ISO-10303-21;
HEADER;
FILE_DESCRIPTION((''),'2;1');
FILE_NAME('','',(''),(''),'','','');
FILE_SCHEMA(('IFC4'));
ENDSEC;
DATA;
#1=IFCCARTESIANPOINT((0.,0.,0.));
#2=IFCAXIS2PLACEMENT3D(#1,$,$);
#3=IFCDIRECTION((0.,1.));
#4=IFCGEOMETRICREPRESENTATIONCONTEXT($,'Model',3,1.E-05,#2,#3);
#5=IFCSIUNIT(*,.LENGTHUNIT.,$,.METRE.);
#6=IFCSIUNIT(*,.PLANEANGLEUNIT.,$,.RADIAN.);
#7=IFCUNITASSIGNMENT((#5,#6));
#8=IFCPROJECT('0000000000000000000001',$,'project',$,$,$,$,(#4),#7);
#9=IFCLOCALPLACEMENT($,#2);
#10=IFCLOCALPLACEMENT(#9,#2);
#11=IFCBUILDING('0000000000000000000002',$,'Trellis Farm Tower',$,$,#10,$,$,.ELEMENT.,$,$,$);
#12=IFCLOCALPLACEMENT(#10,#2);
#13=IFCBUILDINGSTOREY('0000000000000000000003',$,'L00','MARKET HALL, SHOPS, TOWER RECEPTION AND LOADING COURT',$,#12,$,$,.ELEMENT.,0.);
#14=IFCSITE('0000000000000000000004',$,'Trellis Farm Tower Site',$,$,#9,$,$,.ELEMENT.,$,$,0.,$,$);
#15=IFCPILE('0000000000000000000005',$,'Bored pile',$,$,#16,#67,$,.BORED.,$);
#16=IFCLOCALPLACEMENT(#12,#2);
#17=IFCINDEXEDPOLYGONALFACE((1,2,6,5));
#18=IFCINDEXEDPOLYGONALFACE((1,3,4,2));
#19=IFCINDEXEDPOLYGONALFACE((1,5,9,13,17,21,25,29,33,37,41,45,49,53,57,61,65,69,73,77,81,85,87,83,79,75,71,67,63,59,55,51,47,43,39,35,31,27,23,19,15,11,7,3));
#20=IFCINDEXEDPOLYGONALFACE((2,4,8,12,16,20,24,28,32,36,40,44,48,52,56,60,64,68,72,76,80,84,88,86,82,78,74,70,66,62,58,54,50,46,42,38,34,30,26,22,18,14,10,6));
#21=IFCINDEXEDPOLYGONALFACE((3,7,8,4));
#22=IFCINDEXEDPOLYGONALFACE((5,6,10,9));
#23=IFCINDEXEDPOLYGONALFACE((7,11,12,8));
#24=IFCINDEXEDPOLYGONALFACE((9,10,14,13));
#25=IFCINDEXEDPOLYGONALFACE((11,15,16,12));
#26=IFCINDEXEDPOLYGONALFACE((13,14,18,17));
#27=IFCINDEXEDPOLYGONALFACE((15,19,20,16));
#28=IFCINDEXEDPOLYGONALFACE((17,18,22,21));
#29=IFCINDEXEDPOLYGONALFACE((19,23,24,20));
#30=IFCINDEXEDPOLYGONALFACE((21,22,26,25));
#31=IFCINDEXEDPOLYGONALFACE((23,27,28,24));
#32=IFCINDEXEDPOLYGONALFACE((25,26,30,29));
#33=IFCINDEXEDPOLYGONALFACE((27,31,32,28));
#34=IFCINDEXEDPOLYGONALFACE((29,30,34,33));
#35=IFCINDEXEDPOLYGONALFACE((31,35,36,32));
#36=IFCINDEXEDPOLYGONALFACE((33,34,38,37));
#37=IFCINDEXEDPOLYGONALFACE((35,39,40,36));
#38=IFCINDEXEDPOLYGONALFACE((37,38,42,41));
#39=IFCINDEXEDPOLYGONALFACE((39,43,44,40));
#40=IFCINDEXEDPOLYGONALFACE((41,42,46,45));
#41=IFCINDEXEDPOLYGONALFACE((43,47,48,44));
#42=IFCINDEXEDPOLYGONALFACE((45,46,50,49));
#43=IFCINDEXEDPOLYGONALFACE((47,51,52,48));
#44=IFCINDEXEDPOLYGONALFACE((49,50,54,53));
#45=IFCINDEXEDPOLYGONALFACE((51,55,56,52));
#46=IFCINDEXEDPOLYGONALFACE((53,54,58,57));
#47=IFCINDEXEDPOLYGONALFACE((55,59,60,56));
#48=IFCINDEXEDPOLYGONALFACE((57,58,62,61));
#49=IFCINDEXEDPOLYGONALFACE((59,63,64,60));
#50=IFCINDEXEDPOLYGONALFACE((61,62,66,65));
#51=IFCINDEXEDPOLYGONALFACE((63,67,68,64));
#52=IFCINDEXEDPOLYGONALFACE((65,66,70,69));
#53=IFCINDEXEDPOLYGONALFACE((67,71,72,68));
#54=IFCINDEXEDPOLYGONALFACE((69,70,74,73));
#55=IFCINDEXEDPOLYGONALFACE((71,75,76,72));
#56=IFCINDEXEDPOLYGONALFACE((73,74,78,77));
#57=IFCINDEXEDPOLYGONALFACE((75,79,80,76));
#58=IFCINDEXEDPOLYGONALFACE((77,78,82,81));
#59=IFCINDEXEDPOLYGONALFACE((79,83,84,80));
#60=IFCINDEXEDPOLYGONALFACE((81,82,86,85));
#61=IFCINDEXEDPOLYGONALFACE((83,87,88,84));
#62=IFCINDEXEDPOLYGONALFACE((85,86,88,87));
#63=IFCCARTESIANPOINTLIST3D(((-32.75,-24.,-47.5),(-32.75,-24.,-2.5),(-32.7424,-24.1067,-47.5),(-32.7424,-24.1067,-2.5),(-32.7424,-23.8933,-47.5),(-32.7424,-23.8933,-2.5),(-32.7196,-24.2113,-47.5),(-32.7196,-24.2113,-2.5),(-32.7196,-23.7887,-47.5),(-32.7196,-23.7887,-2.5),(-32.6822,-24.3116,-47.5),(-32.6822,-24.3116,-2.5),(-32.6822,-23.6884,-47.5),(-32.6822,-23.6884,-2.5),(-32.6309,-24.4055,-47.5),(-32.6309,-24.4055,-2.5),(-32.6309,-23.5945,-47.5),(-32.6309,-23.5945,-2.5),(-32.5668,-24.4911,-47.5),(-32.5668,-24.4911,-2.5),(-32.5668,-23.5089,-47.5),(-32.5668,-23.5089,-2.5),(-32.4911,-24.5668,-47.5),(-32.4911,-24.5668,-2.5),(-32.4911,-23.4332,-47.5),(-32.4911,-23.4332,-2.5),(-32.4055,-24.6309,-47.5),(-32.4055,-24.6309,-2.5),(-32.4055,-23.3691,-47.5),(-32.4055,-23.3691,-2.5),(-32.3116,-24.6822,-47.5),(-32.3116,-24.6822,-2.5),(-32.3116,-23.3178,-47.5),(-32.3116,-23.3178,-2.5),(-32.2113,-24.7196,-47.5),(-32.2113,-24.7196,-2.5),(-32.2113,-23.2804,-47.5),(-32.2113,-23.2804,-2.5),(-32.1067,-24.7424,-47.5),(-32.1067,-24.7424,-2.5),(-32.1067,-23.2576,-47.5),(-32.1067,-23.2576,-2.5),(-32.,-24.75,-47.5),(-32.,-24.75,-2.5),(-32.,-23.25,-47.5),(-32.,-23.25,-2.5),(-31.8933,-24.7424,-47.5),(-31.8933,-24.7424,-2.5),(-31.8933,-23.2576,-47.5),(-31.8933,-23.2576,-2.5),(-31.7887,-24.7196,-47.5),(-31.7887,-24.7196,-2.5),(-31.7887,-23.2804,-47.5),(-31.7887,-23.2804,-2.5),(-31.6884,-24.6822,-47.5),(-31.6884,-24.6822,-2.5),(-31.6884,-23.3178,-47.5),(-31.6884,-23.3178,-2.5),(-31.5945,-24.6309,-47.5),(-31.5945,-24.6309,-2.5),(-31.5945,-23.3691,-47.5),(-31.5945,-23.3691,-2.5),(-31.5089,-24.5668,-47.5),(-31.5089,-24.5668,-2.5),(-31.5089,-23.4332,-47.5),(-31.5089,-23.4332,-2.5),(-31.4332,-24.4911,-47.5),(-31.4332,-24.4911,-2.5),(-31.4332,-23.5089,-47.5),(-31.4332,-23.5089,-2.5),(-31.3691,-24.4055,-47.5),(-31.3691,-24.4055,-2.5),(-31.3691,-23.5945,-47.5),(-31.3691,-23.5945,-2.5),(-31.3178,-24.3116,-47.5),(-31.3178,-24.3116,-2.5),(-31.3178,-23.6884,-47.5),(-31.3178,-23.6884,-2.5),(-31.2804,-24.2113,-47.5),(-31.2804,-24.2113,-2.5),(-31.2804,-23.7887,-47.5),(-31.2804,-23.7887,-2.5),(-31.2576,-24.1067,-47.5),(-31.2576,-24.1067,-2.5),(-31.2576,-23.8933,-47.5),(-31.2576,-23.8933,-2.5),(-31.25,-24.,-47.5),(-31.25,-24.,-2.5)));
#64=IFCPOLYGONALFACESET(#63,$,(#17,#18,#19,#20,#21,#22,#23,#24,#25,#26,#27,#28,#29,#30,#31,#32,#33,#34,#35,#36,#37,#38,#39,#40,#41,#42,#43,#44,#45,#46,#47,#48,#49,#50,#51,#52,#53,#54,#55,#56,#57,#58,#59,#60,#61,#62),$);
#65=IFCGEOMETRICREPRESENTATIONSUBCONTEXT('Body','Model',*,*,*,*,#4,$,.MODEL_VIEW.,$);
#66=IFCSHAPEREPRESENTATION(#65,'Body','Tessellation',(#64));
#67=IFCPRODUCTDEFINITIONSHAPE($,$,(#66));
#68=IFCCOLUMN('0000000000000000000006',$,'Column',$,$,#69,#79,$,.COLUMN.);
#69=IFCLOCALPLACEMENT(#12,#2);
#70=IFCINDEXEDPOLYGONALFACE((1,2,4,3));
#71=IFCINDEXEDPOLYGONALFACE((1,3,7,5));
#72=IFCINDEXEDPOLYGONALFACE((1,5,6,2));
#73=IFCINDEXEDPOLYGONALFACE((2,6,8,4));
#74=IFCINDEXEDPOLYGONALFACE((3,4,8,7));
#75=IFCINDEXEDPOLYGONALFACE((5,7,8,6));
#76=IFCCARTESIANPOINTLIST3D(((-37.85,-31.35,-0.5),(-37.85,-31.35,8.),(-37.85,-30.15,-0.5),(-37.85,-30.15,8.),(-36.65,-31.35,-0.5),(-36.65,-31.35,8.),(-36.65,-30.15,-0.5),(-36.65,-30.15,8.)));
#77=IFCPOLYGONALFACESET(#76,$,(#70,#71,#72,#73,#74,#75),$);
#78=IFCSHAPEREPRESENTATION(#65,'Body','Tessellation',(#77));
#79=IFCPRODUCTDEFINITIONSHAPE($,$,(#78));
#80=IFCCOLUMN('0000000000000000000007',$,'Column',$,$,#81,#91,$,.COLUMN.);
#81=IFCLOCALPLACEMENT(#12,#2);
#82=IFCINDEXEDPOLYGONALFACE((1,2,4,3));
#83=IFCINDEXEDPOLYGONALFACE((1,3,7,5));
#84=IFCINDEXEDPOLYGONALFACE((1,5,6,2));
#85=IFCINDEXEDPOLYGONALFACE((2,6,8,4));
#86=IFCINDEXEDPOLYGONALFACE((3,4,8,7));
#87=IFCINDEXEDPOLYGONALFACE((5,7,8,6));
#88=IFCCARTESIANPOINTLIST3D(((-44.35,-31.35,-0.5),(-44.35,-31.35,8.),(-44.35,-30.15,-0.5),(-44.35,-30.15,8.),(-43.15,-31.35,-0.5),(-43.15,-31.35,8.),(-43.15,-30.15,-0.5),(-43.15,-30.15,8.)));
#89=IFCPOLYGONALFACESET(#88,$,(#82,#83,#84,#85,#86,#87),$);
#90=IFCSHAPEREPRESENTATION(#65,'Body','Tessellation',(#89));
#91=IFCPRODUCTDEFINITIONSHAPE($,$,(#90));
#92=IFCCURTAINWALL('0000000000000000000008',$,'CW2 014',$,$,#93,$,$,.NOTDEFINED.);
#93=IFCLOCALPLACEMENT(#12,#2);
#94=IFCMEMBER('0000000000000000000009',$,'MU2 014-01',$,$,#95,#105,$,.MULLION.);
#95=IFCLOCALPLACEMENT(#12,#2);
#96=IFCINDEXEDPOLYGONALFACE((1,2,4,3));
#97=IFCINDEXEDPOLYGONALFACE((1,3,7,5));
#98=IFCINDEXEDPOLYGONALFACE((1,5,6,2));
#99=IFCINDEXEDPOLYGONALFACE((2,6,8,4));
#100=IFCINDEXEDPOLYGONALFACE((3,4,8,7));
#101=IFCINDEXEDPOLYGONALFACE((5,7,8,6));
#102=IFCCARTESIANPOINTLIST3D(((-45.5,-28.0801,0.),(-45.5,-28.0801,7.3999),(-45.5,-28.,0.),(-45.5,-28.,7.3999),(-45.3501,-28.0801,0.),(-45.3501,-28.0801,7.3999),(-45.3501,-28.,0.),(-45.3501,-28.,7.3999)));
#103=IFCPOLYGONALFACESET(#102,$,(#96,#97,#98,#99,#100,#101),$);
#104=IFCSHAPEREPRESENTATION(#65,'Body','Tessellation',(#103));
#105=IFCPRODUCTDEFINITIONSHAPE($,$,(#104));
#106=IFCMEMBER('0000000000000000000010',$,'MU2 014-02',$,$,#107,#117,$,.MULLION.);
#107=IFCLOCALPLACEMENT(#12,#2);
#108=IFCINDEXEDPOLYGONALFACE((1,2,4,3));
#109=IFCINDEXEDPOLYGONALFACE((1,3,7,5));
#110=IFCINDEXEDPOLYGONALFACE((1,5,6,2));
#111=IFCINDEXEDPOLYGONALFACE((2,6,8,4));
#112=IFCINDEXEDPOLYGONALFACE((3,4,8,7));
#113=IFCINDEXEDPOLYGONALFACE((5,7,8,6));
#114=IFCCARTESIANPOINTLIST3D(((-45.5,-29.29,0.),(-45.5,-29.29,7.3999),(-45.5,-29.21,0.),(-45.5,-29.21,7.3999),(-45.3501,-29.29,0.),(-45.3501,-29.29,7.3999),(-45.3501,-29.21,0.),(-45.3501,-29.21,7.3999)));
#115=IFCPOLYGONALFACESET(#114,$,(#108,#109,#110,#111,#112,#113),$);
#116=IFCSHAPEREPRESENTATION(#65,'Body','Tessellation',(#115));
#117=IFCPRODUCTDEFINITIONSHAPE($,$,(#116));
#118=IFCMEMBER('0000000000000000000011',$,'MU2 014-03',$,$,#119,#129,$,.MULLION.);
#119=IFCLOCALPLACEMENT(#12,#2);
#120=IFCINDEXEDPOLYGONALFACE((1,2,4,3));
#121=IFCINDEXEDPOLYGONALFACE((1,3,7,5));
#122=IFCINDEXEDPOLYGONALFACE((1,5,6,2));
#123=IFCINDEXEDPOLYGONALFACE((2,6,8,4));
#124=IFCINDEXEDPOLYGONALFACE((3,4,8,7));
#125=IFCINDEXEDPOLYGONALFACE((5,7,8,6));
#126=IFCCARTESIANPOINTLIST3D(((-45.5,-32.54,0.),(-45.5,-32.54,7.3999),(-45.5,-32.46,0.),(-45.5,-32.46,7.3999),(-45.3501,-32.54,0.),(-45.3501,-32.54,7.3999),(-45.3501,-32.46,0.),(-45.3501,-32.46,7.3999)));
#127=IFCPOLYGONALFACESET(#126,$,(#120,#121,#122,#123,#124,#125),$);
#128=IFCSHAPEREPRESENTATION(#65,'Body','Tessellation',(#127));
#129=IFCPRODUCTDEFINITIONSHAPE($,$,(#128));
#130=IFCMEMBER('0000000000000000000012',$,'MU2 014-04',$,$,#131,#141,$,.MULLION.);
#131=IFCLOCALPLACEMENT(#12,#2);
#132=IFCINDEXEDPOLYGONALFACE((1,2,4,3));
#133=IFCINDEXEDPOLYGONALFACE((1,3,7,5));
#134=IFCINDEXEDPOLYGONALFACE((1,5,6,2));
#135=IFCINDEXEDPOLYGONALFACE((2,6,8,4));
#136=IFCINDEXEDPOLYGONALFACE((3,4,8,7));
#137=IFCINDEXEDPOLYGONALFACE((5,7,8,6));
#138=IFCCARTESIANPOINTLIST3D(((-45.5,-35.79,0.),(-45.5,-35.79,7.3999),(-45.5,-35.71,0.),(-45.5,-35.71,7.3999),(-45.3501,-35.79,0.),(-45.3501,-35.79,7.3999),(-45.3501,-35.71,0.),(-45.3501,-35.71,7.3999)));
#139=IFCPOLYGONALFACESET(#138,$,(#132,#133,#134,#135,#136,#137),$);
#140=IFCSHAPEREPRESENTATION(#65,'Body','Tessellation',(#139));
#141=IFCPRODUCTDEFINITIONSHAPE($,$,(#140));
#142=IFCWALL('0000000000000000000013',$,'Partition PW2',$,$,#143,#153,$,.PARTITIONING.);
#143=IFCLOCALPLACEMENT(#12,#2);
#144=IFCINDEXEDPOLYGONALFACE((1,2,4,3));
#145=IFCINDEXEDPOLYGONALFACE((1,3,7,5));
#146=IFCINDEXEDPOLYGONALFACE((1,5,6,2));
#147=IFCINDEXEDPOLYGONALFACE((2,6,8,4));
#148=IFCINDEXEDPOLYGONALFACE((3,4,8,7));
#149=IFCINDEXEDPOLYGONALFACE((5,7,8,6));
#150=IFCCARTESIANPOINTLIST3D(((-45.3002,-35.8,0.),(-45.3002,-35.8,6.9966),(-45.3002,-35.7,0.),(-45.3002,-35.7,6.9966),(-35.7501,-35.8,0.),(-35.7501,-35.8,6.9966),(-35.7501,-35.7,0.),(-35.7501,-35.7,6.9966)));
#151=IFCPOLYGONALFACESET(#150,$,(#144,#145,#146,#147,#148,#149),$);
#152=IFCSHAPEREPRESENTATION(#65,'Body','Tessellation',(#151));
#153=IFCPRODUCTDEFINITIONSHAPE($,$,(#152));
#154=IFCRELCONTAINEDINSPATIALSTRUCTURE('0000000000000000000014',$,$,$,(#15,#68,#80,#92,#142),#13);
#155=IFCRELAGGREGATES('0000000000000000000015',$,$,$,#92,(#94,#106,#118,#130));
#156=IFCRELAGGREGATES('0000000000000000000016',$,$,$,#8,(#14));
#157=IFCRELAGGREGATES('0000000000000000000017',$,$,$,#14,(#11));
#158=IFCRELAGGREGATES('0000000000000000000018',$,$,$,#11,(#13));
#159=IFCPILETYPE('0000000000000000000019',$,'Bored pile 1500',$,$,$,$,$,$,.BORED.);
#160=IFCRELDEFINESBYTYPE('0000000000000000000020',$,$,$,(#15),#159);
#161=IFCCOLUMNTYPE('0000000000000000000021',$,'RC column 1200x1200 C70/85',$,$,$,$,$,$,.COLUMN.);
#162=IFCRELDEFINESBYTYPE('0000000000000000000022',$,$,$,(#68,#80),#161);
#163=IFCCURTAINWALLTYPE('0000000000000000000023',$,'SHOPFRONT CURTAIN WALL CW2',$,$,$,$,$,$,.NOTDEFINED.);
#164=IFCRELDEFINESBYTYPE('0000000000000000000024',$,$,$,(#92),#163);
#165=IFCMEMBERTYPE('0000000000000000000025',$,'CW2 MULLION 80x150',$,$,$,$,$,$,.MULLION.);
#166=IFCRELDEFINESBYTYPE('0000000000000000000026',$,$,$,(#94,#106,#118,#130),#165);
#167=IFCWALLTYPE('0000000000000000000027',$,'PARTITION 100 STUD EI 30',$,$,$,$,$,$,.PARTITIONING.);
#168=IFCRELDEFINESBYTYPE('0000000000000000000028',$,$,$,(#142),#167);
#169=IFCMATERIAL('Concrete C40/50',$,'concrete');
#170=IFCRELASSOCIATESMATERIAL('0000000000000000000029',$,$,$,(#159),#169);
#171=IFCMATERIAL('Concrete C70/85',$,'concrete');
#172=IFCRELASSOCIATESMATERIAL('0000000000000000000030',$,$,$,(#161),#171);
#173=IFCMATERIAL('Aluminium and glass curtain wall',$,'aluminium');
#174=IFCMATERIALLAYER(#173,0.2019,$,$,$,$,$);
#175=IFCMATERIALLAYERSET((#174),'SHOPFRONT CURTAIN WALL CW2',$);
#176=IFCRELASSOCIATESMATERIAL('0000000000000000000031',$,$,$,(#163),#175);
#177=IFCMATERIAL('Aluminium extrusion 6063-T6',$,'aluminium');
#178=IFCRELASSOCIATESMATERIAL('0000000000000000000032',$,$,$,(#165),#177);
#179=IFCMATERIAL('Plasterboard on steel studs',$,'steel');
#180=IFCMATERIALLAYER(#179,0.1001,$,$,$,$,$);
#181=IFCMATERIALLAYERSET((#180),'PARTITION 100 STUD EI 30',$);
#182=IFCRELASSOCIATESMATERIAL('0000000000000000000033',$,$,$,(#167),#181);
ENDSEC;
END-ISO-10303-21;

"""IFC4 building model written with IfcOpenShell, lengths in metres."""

from ifc_helpers import new_model, si_unit, direction, frame, frame_2d, origin, origin_2d, place, context, subcontext, project, spatial, rectangle, circle, extrude, source, transform, mapped, material, layer, layer_set, material_profile, profile_set, type_object, element, aggregate, save


model = new_model("IFC4")

# Units and contexts
model_context = context("Model", 3, precision=1e-05, world=origin(), true_north=direction((0.0, 1.0)))
body_context = subcontext(model_context, "Body", "Model", "MODEL_VIEW")
ifc_project = project(units=[si_unit("LENGTHUNIT", "METRE"), si_unit("PLANEANGLEUNIT", "RADIAN")], contexts=[model_context])

# Site, building, storey
site_placement = place(None, origin())
site = spatial("IfcSite", under=ifc_project, at=site_placement, Name="Trellis Farm Tower Site", CompositionType="ELEMENT", RefElevation=0.0)
building_placement = place(site_placement, origin())
building = spatial("IfcBuilding", under=site, at=building_placement, Name="Trellis Farm Tower", CompositionType="ELEMENT")
storey_placement = place(building_placement, origin())
storey = spatial("IfcBuildingStorey", under=building, at=storey_placement, Name="L00", Description="MARKET HALL, SHOPS, TOWER RECEPTION AND LOADING COURT", CompositionType="ELEMENT", Elevation=0.0)

# Pile
ifc_material_1 = material(Name="Concrete C40/50", Category="concrete")
ifc_material_profile_1 = material_profile(ifc_material_1, circle(Radius=0.75, at=origin_2d()), Name="Bored pile 1500")
ifc_profile_set_1 = profile_set([ifc_material_profile_1], Name="Concrete C40/50")
pile_type = type_object("IfcPileType", Name="Bored pile 1500", PredefinedType="BORED", material=ifc_profile_set_1)
shared_shape_1 = source(origin(), body_context, "Body", "SweptSolid", [
    extrude(circle(Radius=0.75, at=origin_2d()), origin(), (0.0, 0.0, 1.0), 45.0),
])
for number, where, z_axis, x_axis, name in (
    (1, (-32.0, -24.0, -2.5), (0.0, 0.0, -1.0), (1.0, 0.0, 0.0), "Bored pile"),
):
    element("IfcPile", number, at=place(storey_placement, frame(where, z_axis=z_axis, x_axis=x_axis)), inside=storey, type_object=pile_type, Name=name, PredefinedType="BORED", context=body_context, shape_type="MappedRepresentation", body=[
        mapped(shared_shape_1, transform((0.0, 0.0, 0.0))),
    ])

# Columns
ifc_material_2 = material(Name="Concrete C70/85", Category="concrete")
ifc_material_profile_2 = material_profile(ifc_material_2, rectangle(XDim=1.2, YDim=1.2, at=origin_2d()), Name="RC column 1200x1200 C70/85")
ifc_profile_set_2 = profile_set([ifc_material_profile_2], Name="Concrete C70/85")
column_type = type_object("IfcColumnType", Name="RC column 1200x1200 C70/85", PredefinedType="COLUMN", material=ifc_profile_set_2)
shared_shape_2 = source(origin(), body_context, "Body", "SweptSolid", [
    extrude(rectangle(XDim=1.2, YDim=1.2, at=origin_2d()), origin(), (0.0, 0.0, 1.0), 8.5),
])
for number, where, z_axis, x_axis, name in (
    (2, (-37.25, -30.75, -0.5), (0.0, 0.0, 1.0), (1.0, 0.0, 0.0), "Column"),
    (3, (-43.75, -30.75, -0.5), (0.0, 0.0, 1.0), (1.0, 0.0, 0.0), "Column"),
):
    element("IfcColumn", number, at=place(storey_placement, frame(where, z_axis=z_axis, x_axis=x_axis)), inside=storey, type_object=column_type, Name=name, PredefinedType="COLUMN", context=body_context, shape_type="MappedRepresentation", body=[
        mapped(shared_shape_2, transform((0.0, 0.0, 0.0))),
    ])

# Curtain wall, members
ifc_material_3 = material(Name="Aluminium and glass curtain wall", Category="aluminium")
ifc_layer_1 = layer(ifc_material_3, 0.2019)
ifc_layer_set_1 = layer_set([ifc_layer_1], Name="SHOPFRONT CURTAIN WALL CW2")
curtain_wall_type = type_object("IfcCurtainWallType", Name="SHOPFRONT CURTAIN WALL CW2", PredefinedType="NOTDEFINED", material=ifc_layer_set_1)
curtain_wall_placement = place(storey_placement, origin())
curtain_wall = element("IfcCurtainWall", 4, at=curtain_wall_placement, inside=storey, type_object=curtain_wall_type, Name="CW2 014", PredefinedType="NOTDEFINED")
ifc_material_4 = material(Name="Aluminium extrusion 6063-T6", Category="aluminium")
ifc_material_profile_3 = material_profile(ifc_material_4, rectangle(XDim=0.0801, YDim=0.1499, at=origin_2d()), Name="MULLION 80x150")
ifc_profile_set_3 = profile_set([ifc_material_profile_3], Name="Aluminium extrusion 6063-T6")
member_type = type_object("IfcMemberType", Name="CW2 MULLION 80x150", PredefinedType="MULLION", material=ifc_profile_set_3)
shared_shape_3 = source(origin(), body_context, "Body", "SweptSolid", [
    extrude(rectangle(XDim=0.0801, YDim=0.1499, at=origin_2d()), origin(), (0.0, 0.0, 1.0), 7.3999),
])
member_1_placement = place(storey_placement, frame((-45.425, -28.04, 0.0), z_axis=(0.0, 0.0, 1.0), x_axis=(0.0, -1.0, 0.0)))
member_1 = element("IfcMember", 5, at=member_1_placement, type_object=member_type, Name="MU2 014-01", PredefinedType="MULLION", context=body_context, shape_type="MappedRepresentation", body=[
    mapped(shared_shape_3, transform((0.0, 0.0, 0.0))),
])
member_2_placement = place(storey_placement, frame((-45.425, -29.25, 0.0), z_axis=(0.0, 0.0, 1.0), x_axis=(0.0, -1.0, 0.0)))
member_2 = element("IfcMember", 6, at=member_2_placement, type_object=member_type, Name="MU2 014-02", PredefinedType="MULLION", context=body_context, shape_type="MappedRepresentation", body=[
    mapped(shared_shape_3, transform((0.0, 0.0, 0.0))),
])
member_3_placement = place(storey_placement, frame((-45.425, -32.5, 0.0), z_axis=(0.0, 0.0, 1.0), x_axis=(0.0, -1.0, 0.0)))
member_3 = element("IfcMember", 7, at=member_3_placement, type_object=member_type, Name="MU2 014-03", PredefinedType="MULLION", context=body_context, shape_type="MappedRepresentation", body=[
    mapped(shared_shape_3, transform((0.0, 0.0, 0.0))),
])
member_4_placement = place(storey_placement, frame((-45.425, -35.75, 0.0), z_axis=(0.0, 0.0, 1.0), x_axis=(0.0, -1.0, 0.0)))
member_4 = element("IfcMember", 8, at=member_4_placement, type_object=member_type, Name="MU2 014-04", PredefinedType="MULLION", context=body_context, shape_type="MappedRepresentation", body=[
    mapped(shared_shape_3, transform((0.0, 0.0, 0.0))),
])
aggregate(curtain_wall, [member_1, member_2, member_3, member_4])

# Wall
ifc_material_5 = material(Name="Plasterboard on steel studs", Category="steel")
ifc_layer_2 = layer(ifc_material_5, 0.1001)
ifc_layer_set_2 = layer_set([ifc_layer_2], Name="PARTITION 100 STUD EI 30")
wall_type_1 = type_object("IfcWallType", Name="PARTITION 100 STUD EI 30", PredefinedType="PARTITIONING", material=ifc_layer_set_2)
wall_1_placement = place(storey_placement, frame((-45.3, -35.75, 0.0), z_axis=(0.0, 0.0, 1.0), x_axis=(1.0, 0.0, 0.0)))
element("IfcWall", 9, at=wall_1_placement, inside=storey, type_object=wall_type_1, Name="Partition PW2", PredefinedType="PARTITIONING", context=body_context, shape_type="SweptSolid", body=[
    extrude(rectangle(XDim=9.55, YDim=0.1001, at=frame_2d((4.7749, 0.0))), origin(), (0.0, 0.0, 1.0), 6.9966),
])

save(model, "model.ifc")
